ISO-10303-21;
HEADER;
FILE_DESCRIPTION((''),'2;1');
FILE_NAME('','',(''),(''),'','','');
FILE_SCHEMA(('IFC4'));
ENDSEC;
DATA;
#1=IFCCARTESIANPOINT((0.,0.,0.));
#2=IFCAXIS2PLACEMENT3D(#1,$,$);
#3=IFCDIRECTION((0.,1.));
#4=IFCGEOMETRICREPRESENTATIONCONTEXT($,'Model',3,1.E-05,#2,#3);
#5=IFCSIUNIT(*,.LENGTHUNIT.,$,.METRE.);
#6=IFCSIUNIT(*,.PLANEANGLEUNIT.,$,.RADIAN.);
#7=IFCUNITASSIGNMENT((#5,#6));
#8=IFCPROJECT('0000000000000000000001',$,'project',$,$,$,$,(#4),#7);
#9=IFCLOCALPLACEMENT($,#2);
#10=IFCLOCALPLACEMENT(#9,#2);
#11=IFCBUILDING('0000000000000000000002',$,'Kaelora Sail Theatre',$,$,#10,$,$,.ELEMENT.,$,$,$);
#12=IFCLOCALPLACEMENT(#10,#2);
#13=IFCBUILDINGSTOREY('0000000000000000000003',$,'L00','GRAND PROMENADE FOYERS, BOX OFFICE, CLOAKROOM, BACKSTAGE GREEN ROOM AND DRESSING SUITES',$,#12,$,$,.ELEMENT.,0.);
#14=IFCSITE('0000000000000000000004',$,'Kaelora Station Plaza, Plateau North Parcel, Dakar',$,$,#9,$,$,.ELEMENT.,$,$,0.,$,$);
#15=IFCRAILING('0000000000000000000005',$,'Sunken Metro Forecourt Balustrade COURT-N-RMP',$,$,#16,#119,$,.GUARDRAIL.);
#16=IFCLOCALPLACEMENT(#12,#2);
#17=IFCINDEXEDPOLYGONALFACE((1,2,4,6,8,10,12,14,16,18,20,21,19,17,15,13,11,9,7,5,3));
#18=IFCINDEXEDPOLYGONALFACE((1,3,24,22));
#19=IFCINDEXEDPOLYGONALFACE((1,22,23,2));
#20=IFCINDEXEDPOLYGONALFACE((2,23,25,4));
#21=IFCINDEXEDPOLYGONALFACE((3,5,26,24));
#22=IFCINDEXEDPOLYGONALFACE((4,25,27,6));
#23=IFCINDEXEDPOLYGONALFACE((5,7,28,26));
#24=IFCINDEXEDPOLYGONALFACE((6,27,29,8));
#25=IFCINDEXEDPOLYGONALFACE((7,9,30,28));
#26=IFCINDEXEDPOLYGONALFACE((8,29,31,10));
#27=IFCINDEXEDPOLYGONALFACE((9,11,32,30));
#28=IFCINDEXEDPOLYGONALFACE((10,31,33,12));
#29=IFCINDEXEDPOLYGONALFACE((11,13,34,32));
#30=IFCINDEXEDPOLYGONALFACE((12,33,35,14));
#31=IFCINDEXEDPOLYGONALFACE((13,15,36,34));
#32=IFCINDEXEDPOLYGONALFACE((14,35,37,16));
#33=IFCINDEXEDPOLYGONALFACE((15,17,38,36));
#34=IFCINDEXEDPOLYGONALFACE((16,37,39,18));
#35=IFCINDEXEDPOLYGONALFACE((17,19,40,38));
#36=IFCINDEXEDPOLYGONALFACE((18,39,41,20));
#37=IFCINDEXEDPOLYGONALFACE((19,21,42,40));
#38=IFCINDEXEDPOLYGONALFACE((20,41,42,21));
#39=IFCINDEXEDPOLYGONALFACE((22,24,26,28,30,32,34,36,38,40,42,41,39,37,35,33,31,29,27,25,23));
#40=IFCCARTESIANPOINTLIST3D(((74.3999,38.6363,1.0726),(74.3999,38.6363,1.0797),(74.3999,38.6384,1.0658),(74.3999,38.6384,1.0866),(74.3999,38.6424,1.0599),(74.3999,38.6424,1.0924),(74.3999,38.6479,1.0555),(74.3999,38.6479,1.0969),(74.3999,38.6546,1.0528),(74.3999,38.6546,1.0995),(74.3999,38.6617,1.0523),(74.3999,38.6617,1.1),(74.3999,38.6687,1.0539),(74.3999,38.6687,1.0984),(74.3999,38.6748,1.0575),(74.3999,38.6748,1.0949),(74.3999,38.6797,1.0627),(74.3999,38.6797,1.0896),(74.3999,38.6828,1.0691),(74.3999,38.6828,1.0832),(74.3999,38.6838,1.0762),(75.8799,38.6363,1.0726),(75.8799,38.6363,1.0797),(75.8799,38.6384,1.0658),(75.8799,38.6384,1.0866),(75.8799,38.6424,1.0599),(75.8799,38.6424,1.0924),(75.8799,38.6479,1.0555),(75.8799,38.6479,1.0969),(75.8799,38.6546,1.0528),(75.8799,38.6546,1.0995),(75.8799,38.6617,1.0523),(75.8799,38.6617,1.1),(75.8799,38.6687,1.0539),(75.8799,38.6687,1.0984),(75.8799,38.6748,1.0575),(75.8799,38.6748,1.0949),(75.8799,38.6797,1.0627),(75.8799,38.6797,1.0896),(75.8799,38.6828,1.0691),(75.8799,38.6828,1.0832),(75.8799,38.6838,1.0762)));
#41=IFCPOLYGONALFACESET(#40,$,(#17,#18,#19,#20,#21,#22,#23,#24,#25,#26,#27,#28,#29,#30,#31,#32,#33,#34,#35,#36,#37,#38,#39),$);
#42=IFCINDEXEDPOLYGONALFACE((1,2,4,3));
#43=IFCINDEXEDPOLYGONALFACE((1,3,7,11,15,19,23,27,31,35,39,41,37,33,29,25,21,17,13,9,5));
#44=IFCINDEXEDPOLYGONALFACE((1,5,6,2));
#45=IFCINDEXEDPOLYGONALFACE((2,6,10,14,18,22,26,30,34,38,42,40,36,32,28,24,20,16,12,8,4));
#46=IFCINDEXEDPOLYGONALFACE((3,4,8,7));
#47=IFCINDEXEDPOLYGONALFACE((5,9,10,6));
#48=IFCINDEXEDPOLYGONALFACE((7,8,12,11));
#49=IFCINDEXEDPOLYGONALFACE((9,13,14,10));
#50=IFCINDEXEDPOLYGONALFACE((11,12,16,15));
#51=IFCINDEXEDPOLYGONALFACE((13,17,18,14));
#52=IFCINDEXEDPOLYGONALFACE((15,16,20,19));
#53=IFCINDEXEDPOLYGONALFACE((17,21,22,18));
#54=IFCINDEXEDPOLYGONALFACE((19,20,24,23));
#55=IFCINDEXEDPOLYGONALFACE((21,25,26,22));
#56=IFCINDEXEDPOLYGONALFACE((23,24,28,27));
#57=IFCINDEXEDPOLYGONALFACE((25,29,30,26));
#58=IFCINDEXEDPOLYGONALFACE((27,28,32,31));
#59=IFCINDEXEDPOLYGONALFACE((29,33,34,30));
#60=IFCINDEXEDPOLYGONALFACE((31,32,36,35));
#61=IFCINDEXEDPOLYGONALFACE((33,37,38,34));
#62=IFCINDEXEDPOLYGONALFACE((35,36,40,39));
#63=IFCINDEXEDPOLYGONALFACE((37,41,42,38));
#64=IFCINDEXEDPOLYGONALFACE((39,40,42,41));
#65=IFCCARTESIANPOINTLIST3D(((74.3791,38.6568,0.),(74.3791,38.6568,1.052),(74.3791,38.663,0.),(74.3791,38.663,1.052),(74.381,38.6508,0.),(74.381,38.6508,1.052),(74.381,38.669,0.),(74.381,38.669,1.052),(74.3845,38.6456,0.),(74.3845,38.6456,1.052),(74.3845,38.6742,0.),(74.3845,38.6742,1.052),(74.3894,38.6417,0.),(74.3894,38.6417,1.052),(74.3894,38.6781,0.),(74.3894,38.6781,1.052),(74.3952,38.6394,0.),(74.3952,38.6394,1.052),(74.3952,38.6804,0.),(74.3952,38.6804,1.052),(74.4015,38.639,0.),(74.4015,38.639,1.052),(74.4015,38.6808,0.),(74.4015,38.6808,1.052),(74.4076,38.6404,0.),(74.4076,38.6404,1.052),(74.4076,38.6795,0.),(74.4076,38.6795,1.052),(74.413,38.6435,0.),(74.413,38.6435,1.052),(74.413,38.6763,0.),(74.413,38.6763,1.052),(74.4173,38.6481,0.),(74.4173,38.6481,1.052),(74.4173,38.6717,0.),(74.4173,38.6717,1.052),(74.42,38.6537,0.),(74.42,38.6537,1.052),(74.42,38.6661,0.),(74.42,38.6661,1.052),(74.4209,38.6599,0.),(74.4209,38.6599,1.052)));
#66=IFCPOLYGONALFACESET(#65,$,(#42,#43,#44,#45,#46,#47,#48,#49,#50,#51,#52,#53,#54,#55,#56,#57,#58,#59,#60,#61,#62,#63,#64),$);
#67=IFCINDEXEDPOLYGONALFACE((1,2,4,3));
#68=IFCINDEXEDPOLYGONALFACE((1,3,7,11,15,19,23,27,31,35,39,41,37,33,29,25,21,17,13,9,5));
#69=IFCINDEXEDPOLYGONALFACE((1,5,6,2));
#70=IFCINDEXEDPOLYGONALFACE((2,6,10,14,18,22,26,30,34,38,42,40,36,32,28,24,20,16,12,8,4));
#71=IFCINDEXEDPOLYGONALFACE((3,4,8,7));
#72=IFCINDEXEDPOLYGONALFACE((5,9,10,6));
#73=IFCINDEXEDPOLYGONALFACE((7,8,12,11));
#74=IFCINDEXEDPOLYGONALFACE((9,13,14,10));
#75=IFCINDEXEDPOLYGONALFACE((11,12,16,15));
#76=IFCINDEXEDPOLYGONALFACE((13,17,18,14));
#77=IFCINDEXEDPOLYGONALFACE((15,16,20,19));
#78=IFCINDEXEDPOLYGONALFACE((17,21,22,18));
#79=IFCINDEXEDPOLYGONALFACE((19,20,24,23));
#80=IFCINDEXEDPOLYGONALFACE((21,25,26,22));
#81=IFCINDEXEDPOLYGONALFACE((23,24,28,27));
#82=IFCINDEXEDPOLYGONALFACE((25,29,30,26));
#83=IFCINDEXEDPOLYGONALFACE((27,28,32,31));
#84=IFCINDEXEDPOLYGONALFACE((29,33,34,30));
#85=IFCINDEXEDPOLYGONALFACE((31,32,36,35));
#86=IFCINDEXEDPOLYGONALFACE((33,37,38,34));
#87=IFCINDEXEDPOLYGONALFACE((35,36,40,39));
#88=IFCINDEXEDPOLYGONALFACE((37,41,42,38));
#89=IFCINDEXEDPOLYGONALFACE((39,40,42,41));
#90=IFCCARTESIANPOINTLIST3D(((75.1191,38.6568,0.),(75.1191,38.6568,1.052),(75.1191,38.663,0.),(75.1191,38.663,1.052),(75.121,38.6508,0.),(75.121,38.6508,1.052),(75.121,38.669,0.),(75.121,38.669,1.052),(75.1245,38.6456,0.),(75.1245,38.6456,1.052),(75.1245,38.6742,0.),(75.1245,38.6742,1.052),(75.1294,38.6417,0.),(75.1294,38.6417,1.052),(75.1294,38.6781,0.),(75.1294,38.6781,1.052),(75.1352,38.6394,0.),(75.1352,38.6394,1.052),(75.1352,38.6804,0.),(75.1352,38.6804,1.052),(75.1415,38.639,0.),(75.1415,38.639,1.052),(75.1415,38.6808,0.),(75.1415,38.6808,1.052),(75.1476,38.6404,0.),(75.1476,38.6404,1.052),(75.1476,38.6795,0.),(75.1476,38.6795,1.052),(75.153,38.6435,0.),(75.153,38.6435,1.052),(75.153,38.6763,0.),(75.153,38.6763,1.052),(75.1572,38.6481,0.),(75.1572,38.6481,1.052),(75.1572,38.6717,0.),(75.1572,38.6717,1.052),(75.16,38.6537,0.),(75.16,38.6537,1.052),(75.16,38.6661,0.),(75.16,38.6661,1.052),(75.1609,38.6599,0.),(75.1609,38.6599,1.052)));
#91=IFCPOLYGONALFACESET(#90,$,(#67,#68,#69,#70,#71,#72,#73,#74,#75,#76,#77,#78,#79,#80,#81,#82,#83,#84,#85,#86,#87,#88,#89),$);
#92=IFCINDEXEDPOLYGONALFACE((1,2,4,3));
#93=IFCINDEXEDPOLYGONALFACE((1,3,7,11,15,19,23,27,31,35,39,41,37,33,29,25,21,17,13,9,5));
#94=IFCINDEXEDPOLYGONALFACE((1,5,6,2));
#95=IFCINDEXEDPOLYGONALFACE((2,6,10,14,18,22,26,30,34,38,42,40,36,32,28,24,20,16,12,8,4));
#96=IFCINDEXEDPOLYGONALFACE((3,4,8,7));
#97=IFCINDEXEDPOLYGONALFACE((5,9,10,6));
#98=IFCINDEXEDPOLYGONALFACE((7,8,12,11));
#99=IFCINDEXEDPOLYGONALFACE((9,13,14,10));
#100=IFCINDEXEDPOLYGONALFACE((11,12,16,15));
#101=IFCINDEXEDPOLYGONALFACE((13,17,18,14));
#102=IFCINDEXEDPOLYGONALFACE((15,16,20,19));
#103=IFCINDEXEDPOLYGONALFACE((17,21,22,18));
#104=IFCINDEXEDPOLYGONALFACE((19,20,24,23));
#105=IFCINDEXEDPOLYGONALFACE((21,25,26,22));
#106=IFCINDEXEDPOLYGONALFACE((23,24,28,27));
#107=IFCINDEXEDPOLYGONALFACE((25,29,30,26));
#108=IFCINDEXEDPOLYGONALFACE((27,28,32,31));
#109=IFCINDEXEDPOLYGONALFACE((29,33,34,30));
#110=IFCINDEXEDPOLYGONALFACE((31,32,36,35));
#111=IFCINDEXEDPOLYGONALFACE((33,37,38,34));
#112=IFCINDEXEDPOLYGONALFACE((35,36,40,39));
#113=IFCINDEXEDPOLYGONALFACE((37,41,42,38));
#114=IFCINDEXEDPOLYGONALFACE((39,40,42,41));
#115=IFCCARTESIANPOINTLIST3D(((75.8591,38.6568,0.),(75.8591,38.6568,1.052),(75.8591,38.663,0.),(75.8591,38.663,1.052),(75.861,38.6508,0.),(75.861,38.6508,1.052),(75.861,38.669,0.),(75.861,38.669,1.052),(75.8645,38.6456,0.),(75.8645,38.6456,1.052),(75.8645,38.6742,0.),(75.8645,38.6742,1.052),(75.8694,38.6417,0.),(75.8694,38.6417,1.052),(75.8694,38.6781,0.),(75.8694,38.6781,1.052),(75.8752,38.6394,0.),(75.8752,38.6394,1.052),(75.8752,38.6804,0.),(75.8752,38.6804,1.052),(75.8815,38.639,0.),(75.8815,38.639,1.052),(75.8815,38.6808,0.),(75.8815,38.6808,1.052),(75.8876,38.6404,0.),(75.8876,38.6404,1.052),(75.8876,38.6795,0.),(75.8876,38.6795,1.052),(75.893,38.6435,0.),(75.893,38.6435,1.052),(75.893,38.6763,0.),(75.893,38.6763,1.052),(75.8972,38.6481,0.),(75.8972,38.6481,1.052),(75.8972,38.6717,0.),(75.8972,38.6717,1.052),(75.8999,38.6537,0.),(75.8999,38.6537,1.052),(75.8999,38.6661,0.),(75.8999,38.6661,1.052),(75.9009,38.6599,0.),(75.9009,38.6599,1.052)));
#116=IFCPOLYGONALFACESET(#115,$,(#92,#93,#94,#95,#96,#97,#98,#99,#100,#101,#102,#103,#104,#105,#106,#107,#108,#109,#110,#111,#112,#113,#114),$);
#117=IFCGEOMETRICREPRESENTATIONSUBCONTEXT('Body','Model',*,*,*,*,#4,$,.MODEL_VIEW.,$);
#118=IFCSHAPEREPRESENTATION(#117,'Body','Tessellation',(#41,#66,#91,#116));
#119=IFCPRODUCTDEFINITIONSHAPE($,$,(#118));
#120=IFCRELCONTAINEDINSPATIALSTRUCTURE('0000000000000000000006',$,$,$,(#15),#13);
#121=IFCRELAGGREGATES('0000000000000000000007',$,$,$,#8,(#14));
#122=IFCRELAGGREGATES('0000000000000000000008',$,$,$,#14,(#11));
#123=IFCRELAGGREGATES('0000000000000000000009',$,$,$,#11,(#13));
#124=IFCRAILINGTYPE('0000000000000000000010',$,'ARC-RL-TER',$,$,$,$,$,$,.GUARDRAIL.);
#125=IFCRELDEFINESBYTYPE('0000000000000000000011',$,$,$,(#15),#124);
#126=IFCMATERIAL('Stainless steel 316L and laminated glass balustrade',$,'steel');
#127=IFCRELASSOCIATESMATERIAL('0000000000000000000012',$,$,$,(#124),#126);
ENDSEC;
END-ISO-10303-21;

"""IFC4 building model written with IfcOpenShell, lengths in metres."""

from ifc_helpers import new_model, si_unit, direction, frame, origin, origin_2d, place, context, subcontext, project, spatial, circle, extrude, material, type_object, element, save


model = new_model("IFC4")

# Units and contexts
model_context = context("Model", 3, precision=1e-05, world=origin(), true_north=direction((0.0, 1.0)))
body_context = subcontext(model_context, "Body", "Model", "MODEL_VIEW")
ifc_project = project(units=[si_unit("LENGTHUNIT", "METRE"), si_unit("PLANEANGLEUNIT", "RADIAN")], contexts=[model_context])

# Site, building, storey
site_placement = place(None, origin())
site = spatial("IfcSite", under=ifc_project, at=site_placement, Name="Kaelora Station Plaza, Plateau North Parcel, Dakar", CompositionType="ELEMENT", RefElevation=0.0)
building_placement = place(site_placement, origin())
building = spatial("IfcBuilding", under=site, at=building_placement, Name="Kaelora Sail Theatre", CompositionType="ELEMENT")
storey_placement = place(building_placement, origin())
storey = spatial("IfcBuildingStorey", under=building, at=storey_placement, Name="L00", Description="GRAND PROMENADE FOYERS, BOX OFFICE, CLOAKROOM, BACKSTAGE GREEN ROOM AND DRESSING SUITES", CompositionType="ELEMENT", Elevation=0.0)

# Railing
ifc_material_1 = material(Name="Stainless steel 316L and laminated glass balustrade", Category="steel")
railing_type = type_object("IfcRailingType", Name="ARC-RL-TER", PredefinedType="GUARDRAIL", material=ifc_material_1)
railing_1_placement = place(storey_placement, frame((74.3999, 38.6599, 0.0)))
element("IfcRailing", 1, at=railing_1_placement, inside=storey, type_object=railing_type, Name="Sunken Metro Forecourt Balustrade COURT-N-RMP", PredefinedType="GUARDRAIL", context=body_context, shape_type="SweptSolid", body=[
    extrude(circle(Radius=0.0239, at=origin_2d()), frame((0.0, 0.0, 1.0762), z_axis=(1.0, 0.0, 0.0), x_axis=(0.0, 1.0, 0.0)), (0.0, 0.0, 1.0), 1.48),
    extrude(circle(Radius=0.021, at=origin_2d()), origin(), (0.0, 0.0, 1.0), 1.052),
    extrude(circle(Radius=0.021, at=origin_2d()), frame((0.74, 0.0, 0.0)), (0.0, 0.0, 1.0), 1.052),
    extrude(circle(Radius=0.021, at=origin_2d()), frame((1.48, 0.0, 0.0)), (0.0, 0.0, 1.0), 1.052),
])

save(model, "model.ifc")
